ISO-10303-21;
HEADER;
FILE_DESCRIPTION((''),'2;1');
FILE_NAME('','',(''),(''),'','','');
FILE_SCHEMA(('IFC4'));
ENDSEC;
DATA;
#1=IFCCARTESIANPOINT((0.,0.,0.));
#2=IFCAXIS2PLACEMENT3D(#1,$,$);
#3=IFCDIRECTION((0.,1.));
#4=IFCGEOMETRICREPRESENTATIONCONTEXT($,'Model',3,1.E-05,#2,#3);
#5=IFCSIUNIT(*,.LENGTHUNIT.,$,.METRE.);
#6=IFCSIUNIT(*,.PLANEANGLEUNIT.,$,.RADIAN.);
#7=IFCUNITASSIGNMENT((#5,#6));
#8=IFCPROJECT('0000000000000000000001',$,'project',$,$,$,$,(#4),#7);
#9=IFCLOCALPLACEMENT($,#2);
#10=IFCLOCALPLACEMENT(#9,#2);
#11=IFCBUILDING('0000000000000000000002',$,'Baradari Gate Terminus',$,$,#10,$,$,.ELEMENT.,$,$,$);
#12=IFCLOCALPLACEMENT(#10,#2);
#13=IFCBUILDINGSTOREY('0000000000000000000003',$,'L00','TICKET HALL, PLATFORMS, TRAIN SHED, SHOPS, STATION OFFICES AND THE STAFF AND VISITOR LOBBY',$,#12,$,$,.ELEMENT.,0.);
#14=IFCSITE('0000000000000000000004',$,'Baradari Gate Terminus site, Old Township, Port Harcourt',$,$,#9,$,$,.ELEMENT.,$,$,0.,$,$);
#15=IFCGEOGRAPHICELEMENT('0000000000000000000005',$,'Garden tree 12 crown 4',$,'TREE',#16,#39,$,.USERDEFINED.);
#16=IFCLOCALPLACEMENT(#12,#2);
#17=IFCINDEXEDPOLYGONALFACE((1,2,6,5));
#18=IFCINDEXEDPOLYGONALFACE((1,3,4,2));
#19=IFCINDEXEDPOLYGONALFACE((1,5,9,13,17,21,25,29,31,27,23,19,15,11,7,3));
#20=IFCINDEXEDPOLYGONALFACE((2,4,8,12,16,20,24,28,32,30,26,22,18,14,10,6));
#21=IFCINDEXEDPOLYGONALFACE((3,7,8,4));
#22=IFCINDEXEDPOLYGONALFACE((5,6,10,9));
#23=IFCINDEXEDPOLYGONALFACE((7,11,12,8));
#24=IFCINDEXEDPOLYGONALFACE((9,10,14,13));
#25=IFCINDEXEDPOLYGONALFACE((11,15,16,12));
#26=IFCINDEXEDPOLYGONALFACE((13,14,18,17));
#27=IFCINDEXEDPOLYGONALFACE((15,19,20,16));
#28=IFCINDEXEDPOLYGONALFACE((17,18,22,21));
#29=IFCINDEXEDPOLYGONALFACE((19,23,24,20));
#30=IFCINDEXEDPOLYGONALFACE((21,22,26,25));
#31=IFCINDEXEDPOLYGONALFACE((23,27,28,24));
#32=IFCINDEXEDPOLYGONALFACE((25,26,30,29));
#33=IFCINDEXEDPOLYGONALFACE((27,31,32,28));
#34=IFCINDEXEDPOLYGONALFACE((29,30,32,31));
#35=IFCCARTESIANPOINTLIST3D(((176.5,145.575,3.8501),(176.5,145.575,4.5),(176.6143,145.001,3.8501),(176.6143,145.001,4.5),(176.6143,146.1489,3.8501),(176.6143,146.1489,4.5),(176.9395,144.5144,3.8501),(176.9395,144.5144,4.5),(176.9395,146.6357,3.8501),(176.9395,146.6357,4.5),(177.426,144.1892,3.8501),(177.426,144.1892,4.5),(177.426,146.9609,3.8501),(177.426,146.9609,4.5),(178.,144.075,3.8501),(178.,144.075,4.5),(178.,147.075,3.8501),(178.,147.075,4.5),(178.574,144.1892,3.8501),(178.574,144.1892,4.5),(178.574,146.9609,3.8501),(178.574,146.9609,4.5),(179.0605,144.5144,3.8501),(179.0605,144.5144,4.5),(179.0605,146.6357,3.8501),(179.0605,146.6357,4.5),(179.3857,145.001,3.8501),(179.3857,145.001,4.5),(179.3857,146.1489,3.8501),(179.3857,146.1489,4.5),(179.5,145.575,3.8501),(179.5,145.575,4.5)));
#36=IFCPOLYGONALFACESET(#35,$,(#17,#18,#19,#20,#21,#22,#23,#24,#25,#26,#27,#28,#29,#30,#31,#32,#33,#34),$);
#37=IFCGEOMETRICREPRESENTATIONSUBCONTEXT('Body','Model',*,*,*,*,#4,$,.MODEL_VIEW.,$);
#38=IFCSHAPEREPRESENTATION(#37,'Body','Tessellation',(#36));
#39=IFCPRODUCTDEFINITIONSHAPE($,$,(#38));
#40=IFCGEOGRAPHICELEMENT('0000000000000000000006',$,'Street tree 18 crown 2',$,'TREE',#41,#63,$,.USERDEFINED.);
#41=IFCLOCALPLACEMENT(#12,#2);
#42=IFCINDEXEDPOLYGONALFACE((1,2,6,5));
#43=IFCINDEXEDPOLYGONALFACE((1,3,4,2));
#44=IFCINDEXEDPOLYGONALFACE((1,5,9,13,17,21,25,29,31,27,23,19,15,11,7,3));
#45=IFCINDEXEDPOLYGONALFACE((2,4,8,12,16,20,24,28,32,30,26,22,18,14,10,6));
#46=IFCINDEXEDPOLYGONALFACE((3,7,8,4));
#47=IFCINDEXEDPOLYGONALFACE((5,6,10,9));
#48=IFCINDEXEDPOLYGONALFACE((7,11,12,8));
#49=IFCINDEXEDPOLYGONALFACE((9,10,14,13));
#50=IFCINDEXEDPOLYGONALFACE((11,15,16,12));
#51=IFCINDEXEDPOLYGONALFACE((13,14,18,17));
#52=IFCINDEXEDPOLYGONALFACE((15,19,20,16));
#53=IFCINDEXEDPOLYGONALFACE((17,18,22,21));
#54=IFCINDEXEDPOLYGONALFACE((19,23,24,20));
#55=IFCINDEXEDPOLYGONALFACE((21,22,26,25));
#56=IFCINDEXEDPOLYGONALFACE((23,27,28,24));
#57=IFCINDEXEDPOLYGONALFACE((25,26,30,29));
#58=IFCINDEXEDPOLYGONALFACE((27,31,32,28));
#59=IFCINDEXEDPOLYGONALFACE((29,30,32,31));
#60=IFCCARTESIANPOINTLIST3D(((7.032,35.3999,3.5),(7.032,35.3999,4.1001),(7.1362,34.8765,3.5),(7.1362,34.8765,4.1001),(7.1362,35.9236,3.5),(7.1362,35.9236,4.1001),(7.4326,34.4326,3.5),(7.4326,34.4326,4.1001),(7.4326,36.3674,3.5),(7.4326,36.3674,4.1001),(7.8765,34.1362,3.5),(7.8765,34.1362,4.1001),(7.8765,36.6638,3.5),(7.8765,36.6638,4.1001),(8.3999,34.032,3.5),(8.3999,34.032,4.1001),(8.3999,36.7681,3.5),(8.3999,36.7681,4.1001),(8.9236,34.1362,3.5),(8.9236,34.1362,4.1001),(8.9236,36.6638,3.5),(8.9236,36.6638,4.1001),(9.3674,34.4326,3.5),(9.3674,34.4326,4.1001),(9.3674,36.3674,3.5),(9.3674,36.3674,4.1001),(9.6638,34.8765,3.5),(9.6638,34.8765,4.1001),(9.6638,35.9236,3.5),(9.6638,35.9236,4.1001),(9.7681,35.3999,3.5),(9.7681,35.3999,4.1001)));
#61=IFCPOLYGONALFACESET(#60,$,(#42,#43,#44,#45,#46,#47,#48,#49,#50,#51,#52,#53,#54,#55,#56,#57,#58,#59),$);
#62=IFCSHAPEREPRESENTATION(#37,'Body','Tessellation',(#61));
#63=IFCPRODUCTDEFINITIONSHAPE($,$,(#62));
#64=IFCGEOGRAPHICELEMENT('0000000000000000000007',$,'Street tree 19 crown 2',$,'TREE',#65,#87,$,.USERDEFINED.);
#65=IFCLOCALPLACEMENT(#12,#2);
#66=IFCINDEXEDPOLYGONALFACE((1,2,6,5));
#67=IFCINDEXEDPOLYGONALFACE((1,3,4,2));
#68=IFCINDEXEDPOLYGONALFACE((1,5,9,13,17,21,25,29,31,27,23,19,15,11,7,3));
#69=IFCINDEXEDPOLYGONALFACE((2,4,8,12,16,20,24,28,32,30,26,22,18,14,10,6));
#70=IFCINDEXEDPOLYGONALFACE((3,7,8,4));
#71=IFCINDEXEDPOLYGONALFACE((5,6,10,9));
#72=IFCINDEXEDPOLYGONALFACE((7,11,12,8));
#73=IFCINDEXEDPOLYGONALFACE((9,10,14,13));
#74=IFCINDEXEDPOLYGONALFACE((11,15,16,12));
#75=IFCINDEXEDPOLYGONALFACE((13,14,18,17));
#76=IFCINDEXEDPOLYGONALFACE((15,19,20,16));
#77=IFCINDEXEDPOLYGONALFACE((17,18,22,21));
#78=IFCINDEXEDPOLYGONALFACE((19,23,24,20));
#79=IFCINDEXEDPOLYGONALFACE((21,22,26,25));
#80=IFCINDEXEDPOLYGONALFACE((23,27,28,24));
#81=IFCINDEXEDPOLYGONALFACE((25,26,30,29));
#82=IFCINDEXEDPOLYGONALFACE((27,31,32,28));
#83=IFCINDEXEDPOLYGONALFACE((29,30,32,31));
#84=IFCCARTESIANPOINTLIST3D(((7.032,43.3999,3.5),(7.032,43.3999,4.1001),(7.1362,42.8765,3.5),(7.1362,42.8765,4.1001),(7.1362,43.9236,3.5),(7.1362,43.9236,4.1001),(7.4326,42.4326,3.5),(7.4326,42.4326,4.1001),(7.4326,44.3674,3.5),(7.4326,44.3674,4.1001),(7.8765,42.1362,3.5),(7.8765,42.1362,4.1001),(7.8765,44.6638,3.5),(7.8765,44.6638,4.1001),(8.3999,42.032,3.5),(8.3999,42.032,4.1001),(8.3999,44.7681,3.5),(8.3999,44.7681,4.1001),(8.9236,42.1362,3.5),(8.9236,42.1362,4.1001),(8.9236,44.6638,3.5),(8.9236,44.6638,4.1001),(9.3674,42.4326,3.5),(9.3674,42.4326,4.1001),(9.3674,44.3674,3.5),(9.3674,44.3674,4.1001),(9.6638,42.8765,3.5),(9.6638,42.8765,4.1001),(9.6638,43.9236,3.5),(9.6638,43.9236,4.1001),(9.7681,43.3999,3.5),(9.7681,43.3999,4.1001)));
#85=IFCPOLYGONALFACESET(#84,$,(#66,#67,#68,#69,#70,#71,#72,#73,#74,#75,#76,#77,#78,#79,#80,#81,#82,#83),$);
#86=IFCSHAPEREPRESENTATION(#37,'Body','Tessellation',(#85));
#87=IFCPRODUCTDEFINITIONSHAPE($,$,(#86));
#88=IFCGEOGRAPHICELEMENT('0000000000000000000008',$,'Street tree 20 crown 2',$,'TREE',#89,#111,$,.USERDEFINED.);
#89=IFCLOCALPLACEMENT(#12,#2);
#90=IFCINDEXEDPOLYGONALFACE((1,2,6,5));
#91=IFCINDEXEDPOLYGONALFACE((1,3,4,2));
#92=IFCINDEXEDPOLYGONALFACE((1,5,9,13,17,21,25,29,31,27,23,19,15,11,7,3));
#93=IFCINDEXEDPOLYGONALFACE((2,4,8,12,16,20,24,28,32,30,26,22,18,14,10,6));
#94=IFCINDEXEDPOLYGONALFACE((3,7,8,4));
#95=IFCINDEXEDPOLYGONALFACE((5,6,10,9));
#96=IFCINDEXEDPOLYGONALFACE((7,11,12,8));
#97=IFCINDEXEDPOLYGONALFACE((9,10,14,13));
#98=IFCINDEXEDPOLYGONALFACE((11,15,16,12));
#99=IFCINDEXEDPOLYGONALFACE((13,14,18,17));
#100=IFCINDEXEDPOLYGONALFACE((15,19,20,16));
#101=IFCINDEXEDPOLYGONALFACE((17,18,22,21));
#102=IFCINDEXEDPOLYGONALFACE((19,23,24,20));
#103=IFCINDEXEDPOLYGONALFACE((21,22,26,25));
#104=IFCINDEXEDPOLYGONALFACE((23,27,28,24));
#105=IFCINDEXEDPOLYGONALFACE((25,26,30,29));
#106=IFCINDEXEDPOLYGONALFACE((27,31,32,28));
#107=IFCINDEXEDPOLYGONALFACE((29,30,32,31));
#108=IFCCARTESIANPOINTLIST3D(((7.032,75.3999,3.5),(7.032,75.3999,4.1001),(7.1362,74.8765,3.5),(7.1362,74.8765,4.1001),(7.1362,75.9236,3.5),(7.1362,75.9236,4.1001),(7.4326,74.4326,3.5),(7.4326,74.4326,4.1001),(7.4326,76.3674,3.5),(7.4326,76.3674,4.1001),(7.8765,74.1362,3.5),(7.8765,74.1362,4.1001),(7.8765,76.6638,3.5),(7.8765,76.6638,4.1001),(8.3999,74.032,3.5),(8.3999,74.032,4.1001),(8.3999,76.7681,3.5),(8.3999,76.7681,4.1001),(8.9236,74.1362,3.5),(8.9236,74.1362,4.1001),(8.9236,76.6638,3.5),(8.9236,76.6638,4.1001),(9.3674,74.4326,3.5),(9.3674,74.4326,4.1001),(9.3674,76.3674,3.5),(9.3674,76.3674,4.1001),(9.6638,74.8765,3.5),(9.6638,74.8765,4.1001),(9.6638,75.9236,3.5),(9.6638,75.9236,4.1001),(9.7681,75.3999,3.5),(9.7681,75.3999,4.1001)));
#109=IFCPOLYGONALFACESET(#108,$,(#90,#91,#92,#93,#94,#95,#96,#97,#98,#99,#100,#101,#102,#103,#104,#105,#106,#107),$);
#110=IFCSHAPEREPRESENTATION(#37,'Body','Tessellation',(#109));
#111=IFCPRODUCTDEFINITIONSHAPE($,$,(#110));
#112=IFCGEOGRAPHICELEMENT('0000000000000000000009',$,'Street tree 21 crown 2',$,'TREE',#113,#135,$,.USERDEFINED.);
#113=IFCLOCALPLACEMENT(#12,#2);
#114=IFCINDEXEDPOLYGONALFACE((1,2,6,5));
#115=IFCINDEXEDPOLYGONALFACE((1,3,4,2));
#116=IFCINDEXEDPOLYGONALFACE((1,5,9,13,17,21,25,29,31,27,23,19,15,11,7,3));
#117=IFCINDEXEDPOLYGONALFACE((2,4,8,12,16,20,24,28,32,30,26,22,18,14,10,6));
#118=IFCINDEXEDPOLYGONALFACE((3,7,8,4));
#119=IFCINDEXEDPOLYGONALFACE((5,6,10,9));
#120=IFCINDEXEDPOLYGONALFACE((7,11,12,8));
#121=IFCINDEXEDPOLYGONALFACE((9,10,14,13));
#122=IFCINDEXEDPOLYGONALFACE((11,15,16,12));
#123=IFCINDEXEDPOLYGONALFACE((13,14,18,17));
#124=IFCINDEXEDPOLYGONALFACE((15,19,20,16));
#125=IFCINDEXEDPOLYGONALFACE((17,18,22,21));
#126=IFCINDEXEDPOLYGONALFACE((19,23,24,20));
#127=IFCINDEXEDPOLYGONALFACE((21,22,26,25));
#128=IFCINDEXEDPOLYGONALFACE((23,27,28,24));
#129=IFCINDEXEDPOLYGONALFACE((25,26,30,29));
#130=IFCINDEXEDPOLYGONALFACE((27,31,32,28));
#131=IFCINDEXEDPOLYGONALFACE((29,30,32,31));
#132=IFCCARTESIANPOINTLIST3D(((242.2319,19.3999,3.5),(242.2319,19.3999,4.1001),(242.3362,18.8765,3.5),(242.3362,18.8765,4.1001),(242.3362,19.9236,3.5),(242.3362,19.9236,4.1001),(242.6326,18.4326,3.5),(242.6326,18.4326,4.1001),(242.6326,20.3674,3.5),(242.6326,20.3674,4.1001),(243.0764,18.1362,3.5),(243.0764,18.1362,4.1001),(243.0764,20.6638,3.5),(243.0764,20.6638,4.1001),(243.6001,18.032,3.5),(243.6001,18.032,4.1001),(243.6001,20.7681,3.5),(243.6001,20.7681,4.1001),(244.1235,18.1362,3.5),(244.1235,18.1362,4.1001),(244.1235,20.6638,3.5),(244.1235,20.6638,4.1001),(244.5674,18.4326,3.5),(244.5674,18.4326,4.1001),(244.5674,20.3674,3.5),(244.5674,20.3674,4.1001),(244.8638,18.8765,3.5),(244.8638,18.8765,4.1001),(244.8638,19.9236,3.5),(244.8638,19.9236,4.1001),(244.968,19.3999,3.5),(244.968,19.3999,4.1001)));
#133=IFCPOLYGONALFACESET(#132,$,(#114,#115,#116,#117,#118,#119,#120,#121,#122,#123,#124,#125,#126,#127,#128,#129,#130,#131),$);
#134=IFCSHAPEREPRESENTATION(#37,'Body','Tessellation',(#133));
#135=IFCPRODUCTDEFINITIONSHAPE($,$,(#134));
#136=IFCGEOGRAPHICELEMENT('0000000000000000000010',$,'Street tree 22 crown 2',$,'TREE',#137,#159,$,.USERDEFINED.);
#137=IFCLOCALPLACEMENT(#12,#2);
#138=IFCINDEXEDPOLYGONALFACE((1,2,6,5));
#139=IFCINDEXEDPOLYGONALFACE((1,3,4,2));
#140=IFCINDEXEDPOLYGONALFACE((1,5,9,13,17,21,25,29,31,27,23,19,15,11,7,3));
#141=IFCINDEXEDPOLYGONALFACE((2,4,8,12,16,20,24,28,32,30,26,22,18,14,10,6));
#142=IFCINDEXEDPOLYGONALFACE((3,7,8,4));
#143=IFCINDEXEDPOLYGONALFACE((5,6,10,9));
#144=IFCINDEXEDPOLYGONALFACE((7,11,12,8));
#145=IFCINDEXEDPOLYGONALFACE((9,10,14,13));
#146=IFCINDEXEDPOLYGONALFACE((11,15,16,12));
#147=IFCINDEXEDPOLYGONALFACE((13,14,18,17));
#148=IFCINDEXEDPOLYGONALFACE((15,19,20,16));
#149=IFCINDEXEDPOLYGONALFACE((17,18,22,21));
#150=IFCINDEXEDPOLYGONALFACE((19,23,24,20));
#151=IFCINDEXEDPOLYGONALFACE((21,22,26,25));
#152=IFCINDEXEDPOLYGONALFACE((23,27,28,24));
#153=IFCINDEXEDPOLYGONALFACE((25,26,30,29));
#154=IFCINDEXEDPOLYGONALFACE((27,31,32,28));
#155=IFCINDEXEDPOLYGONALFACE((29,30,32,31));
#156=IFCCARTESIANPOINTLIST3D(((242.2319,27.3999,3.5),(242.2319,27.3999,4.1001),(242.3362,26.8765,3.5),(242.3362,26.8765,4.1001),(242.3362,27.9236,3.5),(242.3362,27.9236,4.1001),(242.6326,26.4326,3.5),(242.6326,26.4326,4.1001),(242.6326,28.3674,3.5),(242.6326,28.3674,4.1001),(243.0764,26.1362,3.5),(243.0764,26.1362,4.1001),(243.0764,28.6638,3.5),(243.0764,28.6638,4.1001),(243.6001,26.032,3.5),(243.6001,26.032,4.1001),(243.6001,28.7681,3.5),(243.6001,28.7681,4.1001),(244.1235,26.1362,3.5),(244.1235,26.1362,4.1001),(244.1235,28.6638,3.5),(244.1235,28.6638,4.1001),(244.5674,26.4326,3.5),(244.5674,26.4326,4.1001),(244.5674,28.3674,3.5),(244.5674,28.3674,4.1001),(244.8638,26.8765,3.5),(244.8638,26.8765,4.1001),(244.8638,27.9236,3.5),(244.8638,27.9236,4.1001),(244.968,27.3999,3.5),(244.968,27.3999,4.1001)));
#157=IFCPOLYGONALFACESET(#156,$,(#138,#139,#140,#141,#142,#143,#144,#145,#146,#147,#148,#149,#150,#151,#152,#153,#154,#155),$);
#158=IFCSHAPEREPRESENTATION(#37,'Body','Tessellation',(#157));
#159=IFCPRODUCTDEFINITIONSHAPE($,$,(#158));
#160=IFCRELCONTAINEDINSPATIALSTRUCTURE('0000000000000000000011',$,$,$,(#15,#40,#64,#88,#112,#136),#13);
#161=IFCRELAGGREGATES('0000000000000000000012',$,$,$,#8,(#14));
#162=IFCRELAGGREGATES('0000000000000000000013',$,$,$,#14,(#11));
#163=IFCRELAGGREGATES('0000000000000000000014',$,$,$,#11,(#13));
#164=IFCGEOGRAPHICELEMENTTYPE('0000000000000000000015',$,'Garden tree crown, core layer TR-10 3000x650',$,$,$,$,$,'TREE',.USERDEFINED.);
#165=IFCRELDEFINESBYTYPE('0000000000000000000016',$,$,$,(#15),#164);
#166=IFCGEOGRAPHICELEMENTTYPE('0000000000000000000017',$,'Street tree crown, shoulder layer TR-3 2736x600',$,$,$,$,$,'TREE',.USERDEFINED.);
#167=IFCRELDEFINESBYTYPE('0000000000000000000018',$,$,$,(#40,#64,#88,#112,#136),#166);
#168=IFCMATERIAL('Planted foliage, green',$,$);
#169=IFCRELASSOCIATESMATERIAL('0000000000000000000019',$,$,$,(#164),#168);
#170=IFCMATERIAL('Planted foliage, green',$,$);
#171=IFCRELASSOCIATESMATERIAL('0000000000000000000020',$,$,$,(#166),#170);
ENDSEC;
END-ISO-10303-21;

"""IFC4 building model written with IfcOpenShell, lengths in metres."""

from ifc_helpers import new_model, si_unit, direction, frame, origin, place, context, subcontext, project, spatial, polyline, outline, extrude, material, type_object, element, save


model = new_model("IFC4")

# Units and contexts
model_context = context("Model", 3, precision=1e-05, world=origin(), true_north=direction((0.0, 1.0)))
body_context = subcontext(model_context, "Body", "Model", "MODEL_VIEW")
ifc_project = project(units=[si_unit("LENGTHUNIT", "METRE"), si_unit("PLANEANGLEUNIT", "RADIAN")], contexts=[model_context])

# Site, building, storey
site_placement = place(None, origin())
site = spatial("IfcSite", under=ifc_project, at=site_placement, Name="Baradari Gate Terminus site, Old Township, Port Harcourt", CompositionType="ELEMENT", RefElevation=0.0)
building_placement = place(site_placement, origin())
building = spatial("IfcBuilding", under=site, at=building_placement, Name="Baradari Gate Terminus", CompositionType="ELEMENT")
storey_placement = place(building_placement, origin())
storey = spatial("IfcBuildingStorey", under=building, at=storey_placement, Name="L00", Description="TICKET HALL, PLATFORMS, TRAIN SHED, SHOPS, STATION OFFICES AND THE STAFF AND VISITOR LOBBY", CompositionType="ELEMENT", Elevation=0.0)

# Geographic elements
ifc_material_1 = material(Name="Planted foliage, green")
geographic_element_type_1 = type_object("IfcGeographicElementType", Name="Garden tree crown, core layer TR-10 3000x650", ElementType="TREE", PredefinedType="USERDEFINED", material=ifc_material_1)
geographic_element_1_placement = place(storey_placement, frame((0.0, 0.0, 3.8501)))
element("IfcGeographicElement", 1, at=geographic_element_1_placement, inside=storey, type_object=geographic_element_type_1, Name="Garden tree 12 crown 4", ObjectType="TREE", PredefinedType="USERDEFINED", context=body_context, shape_type="SweptSolid", body=[
    extrude(outline(polyline([(179.5, 145.575), (179.3857, 146.1489), (179.0605, 146.6357), (178.574, 146.9609), (178.0, 147.075), (177.426, 146.9609), (176.9395, 146.6357), (176.6143, 146.1489), (176.5, 145.575), (176.6143, 145.001), (176.9395, 144.5144), (177.426, 144.1892), (178.0, 144.075), (178.574, 144.1892), (179.0605, 144.5144), (179.3857, 145.001), (179.5, 145.575)])), origin(), (0.0, 0.0, 1.0), 0.6499),
])
ifc_material_2 = material(Name="Planted foliage, green")
geographic_element_type_2 = type_object("IfcGeographicElementType", Name="Street tree crown, shoulder layer TR-3 2736x600", ElementType="TREE", PredefinedType="USERDEFINED", material=ifc_material_2)
geographic_element_2_placement = place(storey_placement, frame((0.0, 0.0, 3.5)))
element("IfcGeographicElement", 2, at=geographic_element_2_placement, inside=storey, type_object=geographic_element_type_2, Name="Street tree 18 crown 2", ObjectType="TREE", PredefinedType="USERDEFINED", context=body_context, shape_type="SweptSolid", body=[
    extrude(outline(polyline([(9.7681, 35.3999), (9.6638, 35.9236), (9.3674, 36.3674), (8.9236, 36.6638), (8.3999, 36.7681), (7.8765, 36.6638), (7.4326, 36.3674), (7.1362, 35.9236), (7.032, 35.3999), (7.1362, 34.8765), (7.4326, 34.4326), (7.8765, 34.1362), (8.3999, 34.032), (8.9236, 34.1362), (9.3674, 34.4326), (9.6638, 34.8765), (9.7681, 35.3999)])), origin(), (0.0, 0.0, 1.0), 0.6001),
])
geographic_element_3_placement = place(storey_placement, frame((0.0, 0.0, 3.5)))
element("IfcGeographicElement", 3, at=geographic_element_3_placement, inside=storey, type_object=geographic_element_type_2, Name="Street tree 19 crown 2", ObjectType="TREE", PredefinedType="USERDEFINED", context=body_context, shape_type="SweptSolid", body=[
    extrude(outline(polyline([(9.7681, 43.3999), (9.6638, 43.9236), (9.3674, 44.3674), (8.9236, 44.6638), (8.3999, 44.7681), (7.8765, 44.6638), (7.4326, 44.3674), (7.1362, 43.9236), (7.032, 43.3999), (7.1362, 42.8765), (7.4326, 42.4326), (7.8765, 42.1362), (8.3999, 42.032), (8.9236, 42.1362), (9.3674, 42.4326), (9.6638, 42.8765), (9.7681, 43.3999)])), origin(), (0.0, 0.0, 1.0), 0.6001),
])
geographic_element_4_placement = place(storey_placement, frame((0.0, 0.0, 3.5)))
element("IfcGeographicElement", 4, at=geographic_element_4_placement, inside=storey, type_object=geographic_element_type_2, Name="Street tree 20 crown 2", ObjectType="TREE", PredefinedType="USERDEFINED", context=body_context, shape_type="SweptSolid", body=[
    extrude(outline(polyline([(9.7681, 75.3999), (9.6638, 75.9236), (9.3674, 76.3674), (8.9236, 76.6638), (8.3999, 76.7681), (7.8765, 76.6638), (7.4326, 76.3674), (7.1362, 75.9236), (7.032, 75.3999), (7.1362, 74.8765), (7.4326, 74.4326), (7.8765, 74.1362), (8.3999, 74.032), (8.9236, 74.1362), (9.3674, 74.4326), (9.6638, 74.8765), (9.7681, 75.3999)])), origin(), (0.0, 0.0, 1.0), 0.6001),
])
geographic_element_5_placement = place(storey_placement, frame((0.0, 0.0, 3.5)))
element("IfcGeographicElement", 5, at=geographic_element_5_placement, inside=storey, type_object=geographic_element_type_2, Name="Street tree 21 crown 2", ObjectType="TREE", PredefinedType="USERDEFINED", context=body_context, shape_type="SweptSolid", body=[
    extrude(outline(polyline([(244.968, 19.3999), (244.8638, 19.9236), (244.5674, 20.3674), (244.1235, 20.6638), (243.6001, 20.7681), (243.0764, 20.6638), (242.6326, 20.3674), (242.3362, 19.9236), (242.2319, 19.3999), (242.3362, 18.8765), (242.6326, 18.4326), (243.0764, 18.1362), (243.6001, 18.032), (244.1235, 18.1362), (244.5674, 18.4326), (244.8638, 18.8765), (244.968, 19.3999)])), origin(), (0.0, 0.0, 1.0), 0.6001),
])
geographic_element_6_placement = place(storey_placement, frame((0.0, 0.0, 3.5)))
element("IfcGeographicElement", 6, at=geographic_element_6_placement, inside=storey, type_object=geographic_element_type_2, Name="Street tree 22 crown 2", ObjectType="TREE", PredefinedType="USERDEFINED", context=body_context, shape_type="SweptSolid", body=[
    extrude(outline(polyline([(244.968, 27.3999), (244.8638, 27.9236), (244.5674, 28.3674), (244.1235, 28.6638), (243.6001, 28.7681), (243.0764, 28.6638), (242.6326, 28.3674), (242.3362, 27.9236), (242.2319, 27.3999), (242.3362, 26.8765), (242.6326, 26.4326), (243.0764, 26.1362), (243.6001, 26.032), (244.1235, 26.1362), (244.5674, 26.4326), (244.8638, 26.8765), (244.968, 27.3999)])), origin(), (0.0, 0.0, 1.0), 0.6001),
])

save(model, "model.ifc")
